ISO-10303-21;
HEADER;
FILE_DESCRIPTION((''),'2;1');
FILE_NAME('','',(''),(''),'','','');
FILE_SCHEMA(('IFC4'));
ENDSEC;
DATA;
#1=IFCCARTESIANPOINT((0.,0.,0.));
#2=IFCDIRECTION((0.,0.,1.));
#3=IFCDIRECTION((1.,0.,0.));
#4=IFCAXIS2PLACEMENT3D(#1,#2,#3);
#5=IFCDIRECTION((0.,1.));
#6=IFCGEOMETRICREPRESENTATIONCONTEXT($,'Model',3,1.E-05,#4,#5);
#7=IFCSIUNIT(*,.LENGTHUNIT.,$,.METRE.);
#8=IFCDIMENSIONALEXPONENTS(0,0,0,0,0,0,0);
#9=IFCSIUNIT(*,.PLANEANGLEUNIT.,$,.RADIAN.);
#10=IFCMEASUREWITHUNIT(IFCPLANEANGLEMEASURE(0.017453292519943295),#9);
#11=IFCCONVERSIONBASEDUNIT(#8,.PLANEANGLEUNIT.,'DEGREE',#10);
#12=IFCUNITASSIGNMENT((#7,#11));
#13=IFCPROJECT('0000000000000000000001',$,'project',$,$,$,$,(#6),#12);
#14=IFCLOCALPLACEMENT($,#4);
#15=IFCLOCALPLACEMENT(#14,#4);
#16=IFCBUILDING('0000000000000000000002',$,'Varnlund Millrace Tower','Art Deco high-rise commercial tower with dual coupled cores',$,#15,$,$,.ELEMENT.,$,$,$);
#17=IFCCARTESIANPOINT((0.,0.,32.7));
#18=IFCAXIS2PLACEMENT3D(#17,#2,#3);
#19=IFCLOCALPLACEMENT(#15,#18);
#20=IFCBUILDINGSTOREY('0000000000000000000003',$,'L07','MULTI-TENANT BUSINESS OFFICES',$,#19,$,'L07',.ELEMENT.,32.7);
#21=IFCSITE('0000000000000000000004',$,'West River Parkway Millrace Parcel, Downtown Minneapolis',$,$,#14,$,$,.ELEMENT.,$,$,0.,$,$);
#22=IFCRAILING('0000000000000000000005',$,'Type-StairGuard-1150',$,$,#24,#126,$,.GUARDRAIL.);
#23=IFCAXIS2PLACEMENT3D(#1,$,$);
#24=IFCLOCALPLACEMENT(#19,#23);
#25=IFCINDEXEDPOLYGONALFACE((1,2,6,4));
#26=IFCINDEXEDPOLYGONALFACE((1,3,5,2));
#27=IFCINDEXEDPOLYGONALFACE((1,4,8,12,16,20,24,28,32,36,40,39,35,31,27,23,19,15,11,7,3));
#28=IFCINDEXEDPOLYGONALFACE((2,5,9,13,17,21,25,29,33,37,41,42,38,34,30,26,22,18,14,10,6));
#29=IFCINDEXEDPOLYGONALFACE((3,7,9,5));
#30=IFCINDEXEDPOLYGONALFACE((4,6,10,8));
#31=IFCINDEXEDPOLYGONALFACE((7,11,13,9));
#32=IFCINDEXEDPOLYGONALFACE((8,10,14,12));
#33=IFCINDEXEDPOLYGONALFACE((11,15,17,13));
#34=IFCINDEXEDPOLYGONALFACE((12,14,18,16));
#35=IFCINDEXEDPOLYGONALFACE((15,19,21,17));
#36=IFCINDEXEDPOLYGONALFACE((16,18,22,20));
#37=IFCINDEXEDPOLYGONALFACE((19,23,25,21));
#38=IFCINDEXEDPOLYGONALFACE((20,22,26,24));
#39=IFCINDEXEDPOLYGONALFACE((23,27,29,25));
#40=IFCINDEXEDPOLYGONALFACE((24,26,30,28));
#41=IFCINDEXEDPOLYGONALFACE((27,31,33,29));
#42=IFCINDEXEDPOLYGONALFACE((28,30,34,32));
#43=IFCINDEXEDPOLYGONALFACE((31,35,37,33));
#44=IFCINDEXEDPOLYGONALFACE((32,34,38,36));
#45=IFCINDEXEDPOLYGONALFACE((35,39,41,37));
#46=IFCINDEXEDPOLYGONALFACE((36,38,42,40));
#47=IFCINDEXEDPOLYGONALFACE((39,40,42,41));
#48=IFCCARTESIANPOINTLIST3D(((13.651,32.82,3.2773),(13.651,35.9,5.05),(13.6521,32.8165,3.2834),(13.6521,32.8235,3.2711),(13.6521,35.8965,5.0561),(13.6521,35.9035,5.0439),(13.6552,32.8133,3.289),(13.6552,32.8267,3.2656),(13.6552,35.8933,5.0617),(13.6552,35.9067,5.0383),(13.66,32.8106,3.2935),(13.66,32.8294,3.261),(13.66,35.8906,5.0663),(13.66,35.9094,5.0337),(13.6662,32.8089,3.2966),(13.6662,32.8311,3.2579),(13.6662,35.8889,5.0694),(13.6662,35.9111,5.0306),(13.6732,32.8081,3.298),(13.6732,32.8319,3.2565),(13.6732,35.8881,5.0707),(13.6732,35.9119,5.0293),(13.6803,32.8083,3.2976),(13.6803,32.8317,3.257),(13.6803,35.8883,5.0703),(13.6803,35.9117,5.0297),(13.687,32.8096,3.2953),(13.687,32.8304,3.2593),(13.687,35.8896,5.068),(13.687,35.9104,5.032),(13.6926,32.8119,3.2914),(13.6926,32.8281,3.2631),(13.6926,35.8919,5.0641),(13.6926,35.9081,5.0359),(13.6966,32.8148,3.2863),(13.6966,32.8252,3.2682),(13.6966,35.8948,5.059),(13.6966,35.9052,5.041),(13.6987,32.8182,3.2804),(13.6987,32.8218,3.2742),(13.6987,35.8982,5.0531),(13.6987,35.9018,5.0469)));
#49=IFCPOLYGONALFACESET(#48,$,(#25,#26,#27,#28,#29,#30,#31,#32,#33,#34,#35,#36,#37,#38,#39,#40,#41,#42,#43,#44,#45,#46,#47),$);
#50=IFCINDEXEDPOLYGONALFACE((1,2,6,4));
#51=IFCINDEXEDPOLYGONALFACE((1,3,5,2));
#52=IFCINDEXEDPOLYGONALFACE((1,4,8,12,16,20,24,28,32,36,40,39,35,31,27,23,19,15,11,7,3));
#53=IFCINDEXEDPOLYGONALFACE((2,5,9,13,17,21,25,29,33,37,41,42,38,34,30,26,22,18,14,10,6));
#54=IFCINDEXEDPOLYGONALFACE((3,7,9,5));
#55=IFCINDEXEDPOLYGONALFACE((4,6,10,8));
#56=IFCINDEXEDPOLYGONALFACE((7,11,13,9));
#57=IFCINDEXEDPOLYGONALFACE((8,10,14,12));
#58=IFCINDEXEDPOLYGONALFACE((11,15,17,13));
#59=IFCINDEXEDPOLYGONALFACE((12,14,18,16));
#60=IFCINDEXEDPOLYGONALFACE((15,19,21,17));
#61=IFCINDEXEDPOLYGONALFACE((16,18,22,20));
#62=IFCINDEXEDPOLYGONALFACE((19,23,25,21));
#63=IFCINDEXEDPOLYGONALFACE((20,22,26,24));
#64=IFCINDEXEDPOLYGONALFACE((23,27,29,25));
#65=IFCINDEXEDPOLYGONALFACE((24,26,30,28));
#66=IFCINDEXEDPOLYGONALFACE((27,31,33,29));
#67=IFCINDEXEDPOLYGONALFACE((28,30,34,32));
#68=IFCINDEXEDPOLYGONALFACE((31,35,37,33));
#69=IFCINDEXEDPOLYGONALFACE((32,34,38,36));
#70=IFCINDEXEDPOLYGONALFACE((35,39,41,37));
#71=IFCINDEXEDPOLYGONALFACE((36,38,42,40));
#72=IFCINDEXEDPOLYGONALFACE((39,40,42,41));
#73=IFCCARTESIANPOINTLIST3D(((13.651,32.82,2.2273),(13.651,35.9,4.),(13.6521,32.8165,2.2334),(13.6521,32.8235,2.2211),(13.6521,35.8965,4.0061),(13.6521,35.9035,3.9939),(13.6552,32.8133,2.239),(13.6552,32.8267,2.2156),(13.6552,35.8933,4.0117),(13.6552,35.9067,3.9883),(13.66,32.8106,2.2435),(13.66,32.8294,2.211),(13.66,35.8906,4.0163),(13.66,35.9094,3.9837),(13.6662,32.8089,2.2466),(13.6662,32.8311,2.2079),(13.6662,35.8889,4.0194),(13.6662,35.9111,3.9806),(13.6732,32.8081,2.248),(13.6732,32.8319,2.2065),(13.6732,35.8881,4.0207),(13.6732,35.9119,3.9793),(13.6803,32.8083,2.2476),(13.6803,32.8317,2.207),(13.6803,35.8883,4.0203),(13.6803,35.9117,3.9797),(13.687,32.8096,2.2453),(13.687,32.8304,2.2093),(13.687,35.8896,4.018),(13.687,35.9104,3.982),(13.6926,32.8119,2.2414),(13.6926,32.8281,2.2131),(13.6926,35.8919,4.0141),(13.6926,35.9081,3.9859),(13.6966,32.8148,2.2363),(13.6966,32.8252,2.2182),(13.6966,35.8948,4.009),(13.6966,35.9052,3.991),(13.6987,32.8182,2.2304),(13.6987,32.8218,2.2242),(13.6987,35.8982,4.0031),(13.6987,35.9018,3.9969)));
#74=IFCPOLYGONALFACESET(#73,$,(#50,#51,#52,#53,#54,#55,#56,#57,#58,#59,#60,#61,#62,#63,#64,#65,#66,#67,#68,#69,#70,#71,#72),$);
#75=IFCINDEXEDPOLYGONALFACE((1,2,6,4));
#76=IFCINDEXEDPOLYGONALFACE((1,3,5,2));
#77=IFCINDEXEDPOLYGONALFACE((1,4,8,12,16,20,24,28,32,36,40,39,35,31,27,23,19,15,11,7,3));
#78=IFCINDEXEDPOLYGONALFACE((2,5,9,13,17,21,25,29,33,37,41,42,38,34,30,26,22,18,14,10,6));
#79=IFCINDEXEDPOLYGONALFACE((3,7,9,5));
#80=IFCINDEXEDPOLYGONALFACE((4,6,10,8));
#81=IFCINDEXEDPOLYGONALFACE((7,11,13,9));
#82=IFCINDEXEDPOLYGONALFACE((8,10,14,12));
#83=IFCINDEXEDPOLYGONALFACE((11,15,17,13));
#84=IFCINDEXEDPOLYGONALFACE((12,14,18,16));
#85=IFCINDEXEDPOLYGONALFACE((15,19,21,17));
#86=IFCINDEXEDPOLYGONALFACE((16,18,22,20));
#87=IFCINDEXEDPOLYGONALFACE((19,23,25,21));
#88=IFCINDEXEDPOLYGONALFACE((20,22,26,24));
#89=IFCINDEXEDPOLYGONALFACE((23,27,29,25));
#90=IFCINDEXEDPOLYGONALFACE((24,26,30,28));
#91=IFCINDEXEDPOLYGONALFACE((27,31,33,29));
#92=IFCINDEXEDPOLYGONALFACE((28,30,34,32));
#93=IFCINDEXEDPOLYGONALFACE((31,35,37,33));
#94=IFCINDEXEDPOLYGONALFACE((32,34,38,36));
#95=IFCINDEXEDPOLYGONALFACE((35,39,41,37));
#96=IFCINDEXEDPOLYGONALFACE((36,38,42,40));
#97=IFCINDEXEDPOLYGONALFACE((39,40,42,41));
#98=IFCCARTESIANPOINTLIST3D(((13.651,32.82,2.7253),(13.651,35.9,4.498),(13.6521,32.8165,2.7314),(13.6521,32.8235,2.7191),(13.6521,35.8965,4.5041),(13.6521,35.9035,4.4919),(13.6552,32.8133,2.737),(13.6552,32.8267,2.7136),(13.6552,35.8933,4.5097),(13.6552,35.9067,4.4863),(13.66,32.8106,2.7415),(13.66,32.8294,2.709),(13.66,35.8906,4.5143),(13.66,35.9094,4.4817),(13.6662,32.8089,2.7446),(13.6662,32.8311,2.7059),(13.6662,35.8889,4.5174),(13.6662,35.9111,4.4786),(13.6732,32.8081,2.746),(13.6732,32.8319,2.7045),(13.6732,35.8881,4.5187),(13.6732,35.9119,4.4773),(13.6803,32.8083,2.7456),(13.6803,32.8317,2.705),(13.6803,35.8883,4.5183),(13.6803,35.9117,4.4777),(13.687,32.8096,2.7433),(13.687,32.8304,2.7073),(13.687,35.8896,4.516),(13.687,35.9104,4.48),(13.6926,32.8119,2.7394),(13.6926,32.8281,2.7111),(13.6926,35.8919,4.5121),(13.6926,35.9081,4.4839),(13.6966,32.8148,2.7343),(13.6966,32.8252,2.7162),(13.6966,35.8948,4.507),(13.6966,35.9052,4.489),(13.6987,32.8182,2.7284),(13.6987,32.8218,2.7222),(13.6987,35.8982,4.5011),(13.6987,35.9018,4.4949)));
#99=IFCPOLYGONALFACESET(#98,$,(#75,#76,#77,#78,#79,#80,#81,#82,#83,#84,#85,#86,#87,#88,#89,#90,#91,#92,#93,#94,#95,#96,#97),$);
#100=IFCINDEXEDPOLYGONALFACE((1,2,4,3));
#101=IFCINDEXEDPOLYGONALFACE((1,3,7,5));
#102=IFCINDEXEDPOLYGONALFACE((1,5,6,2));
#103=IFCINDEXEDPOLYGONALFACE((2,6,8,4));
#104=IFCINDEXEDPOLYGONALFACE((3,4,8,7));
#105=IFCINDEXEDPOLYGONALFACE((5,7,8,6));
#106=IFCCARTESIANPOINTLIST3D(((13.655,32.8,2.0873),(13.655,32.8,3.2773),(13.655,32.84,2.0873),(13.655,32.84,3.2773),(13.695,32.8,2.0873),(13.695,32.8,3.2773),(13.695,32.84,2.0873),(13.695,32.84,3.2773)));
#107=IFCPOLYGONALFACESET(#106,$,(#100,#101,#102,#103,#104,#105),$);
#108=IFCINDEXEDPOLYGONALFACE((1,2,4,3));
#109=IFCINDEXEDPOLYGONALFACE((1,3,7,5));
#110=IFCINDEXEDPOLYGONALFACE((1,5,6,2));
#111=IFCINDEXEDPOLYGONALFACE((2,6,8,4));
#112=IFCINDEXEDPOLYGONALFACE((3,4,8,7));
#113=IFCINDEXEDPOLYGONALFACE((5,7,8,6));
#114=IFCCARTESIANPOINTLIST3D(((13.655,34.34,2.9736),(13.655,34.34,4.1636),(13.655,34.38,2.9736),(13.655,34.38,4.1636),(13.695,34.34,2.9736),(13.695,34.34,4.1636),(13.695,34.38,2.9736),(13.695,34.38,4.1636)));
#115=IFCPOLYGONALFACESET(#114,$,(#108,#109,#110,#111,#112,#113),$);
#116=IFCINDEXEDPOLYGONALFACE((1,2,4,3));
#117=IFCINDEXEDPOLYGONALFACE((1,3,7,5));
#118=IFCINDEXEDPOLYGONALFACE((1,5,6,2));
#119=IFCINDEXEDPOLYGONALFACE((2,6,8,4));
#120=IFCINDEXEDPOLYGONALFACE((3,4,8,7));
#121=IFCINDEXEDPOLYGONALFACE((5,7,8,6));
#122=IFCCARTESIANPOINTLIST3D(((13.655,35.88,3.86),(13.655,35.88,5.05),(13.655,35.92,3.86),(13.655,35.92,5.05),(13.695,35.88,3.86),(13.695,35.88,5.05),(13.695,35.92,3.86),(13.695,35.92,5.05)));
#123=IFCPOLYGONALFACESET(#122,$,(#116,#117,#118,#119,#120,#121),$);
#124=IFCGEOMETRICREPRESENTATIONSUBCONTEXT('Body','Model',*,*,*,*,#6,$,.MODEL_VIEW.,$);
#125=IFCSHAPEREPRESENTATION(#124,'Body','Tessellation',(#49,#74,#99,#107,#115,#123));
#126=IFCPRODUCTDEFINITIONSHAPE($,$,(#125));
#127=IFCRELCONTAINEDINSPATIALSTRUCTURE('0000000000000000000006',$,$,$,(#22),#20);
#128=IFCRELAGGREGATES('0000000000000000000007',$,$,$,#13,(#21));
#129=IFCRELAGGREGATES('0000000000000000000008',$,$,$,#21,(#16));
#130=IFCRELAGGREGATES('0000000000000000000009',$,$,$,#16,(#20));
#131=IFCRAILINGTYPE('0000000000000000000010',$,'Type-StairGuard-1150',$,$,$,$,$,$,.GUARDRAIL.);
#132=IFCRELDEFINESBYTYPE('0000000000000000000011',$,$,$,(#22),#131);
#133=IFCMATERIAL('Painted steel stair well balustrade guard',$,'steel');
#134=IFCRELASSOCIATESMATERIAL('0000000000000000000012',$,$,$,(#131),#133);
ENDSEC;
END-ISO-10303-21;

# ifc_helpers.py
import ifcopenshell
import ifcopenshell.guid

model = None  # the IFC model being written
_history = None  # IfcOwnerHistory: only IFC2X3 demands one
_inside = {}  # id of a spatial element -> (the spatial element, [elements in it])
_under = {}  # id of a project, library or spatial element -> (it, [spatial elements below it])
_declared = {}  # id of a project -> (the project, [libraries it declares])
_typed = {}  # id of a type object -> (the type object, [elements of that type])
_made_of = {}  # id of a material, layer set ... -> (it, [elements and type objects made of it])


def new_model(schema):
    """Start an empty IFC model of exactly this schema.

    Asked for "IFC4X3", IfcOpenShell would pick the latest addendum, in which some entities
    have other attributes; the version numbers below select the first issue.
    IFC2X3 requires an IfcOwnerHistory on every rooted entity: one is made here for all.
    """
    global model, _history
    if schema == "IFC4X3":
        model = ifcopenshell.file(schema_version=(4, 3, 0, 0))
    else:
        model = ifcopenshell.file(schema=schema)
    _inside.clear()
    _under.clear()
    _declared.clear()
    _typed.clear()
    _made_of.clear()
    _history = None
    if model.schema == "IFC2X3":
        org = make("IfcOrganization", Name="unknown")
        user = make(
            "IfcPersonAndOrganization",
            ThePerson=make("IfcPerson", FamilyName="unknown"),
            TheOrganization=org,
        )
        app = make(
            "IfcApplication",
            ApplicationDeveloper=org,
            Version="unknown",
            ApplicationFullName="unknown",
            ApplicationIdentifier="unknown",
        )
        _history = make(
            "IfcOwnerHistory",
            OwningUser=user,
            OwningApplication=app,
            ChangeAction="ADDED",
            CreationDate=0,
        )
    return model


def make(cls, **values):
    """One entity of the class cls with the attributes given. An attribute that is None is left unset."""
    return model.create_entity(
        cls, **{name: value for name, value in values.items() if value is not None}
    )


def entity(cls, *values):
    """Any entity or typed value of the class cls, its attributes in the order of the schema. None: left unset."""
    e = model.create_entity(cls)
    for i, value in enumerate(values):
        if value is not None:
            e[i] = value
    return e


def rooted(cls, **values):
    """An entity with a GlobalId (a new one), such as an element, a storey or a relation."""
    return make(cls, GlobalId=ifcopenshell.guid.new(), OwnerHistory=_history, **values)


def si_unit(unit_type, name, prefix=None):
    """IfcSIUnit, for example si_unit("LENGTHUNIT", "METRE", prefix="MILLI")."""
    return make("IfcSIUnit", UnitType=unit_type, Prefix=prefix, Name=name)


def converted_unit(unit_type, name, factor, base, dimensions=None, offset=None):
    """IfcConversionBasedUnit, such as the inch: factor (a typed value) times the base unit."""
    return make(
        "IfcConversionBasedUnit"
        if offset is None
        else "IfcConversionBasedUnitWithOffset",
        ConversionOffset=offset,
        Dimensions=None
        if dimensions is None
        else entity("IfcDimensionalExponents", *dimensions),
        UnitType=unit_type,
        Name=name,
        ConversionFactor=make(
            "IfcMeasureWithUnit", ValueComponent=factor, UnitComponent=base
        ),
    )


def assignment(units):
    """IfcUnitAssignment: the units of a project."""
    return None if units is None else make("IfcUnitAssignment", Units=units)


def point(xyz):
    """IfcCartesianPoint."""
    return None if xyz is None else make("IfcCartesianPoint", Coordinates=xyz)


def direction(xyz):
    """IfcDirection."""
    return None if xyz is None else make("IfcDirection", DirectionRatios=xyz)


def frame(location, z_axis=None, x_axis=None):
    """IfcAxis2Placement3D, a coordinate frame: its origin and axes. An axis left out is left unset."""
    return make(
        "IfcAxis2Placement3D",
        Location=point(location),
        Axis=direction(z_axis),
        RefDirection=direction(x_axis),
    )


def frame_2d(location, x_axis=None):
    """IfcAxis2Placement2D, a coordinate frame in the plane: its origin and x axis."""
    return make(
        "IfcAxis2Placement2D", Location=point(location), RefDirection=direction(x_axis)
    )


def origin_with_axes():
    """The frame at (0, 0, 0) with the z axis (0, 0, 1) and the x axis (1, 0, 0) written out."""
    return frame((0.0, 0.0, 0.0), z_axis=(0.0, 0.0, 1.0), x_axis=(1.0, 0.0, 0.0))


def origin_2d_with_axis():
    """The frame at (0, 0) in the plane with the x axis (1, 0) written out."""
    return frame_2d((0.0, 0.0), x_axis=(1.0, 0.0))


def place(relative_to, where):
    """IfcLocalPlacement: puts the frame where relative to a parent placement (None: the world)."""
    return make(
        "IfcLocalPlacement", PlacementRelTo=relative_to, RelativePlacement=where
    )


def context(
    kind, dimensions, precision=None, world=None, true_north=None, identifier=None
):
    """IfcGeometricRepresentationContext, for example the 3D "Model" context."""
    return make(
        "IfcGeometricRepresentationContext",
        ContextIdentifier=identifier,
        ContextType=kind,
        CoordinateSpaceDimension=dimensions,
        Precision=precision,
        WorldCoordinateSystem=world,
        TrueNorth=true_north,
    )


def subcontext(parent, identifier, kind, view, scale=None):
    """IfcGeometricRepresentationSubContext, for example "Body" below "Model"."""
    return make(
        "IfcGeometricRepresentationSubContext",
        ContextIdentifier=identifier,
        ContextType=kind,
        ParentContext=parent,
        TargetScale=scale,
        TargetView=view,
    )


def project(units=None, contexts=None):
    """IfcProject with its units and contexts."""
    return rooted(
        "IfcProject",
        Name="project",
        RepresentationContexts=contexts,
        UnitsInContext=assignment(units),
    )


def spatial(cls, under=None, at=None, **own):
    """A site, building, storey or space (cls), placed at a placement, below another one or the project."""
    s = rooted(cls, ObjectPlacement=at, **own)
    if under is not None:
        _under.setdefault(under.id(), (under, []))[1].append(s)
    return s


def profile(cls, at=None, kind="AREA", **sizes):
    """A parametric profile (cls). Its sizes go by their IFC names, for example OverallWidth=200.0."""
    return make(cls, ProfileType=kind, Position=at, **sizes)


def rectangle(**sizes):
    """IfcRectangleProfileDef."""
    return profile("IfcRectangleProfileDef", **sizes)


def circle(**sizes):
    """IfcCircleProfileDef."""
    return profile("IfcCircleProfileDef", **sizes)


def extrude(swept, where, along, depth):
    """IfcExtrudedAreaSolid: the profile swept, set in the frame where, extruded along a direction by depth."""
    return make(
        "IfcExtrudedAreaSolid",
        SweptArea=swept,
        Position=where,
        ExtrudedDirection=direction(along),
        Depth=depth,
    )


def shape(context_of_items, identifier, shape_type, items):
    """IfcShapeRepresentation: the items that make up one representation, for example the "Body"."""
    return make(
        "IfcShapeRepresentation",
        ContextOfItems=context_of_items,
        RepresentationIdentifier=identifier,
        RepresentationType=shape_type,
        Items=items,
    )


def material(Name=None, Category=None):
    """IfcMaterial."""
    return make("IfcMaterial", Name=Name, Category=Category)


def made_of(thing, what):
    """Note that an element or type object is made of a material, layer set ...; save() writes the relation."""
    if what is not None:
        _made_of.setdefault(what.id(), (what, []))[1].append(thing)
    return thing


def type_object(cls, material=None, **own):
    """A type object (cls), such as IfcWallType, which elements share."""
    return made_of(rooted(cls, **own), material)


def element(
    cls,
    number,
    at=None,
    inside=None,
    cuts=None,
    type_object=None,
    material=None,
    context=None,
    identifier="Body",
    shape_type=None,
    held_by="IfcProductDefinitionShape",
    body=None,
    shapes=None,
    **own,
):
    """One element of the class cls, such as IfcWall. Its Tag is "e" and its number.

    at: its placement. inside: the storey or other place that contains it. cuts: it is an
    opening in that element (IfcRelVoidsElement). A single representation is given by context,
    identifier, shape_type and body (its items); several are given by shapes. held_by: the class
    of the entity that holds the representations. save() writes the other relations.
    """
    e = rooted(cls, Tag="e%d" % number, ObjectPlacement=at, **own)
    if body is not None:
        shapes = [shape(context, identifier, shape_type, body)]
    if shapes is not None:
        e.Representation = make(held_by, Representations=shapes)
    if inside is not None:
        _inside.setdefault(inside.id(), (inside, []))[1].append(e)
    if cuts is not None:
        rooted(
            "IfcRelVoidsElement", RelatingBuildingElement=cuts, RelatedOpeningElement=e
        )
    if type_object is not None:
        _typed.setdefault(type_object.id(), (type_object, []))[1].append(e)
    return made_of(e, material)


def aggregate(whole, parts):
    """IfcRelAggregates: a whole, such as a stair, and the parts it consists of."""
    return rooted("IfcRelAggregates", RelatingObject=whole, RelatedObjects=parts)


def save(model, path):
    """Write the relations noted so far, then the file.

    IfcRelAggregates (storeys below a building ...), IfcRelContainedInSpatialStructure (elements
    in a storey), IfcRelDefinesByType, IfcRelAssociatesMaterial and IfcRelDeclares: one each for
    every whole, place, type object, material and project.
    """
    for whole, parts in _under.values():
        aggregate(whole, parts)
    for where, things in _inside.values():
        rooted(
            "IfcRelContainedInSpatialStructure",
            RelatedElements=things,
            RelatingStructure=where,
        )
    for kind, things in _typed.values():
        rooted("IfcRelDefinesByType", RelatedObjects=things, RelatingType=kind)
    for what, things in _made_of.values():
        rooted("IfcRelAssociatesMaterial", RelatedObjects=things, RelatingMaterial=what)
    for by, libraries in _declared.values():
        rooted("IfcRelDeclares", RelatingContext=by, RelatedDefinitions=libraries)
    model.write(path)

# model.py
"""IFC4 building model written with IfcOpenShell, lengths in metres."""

from ifc_helpers import new_model, entity, si_unit, converted_unit, direction, frame, origin_with_axes, origin_2d_with_axis, place, context, subcontext, project, spatial, rectangle, circle, extrude, material, type_object, element, save


model = new_model("IFC4")

# Units and contexts
model_context = context("Model", 3, precision=1e-05, world=origin_with_axes(), true_north=direction((0.0, 1.0)))
body_context = subcontext(model_context, "Body", "Model", "MODEL_VIEW")
ifc_project = project(units=[si_unit("LENGTHUNIT", "METRE"), converted_unit("PLANEANGLEUNIT", "DEGREE", entity("IfcPlaneAngleMeasure", 0.017453292519943295), si_unit("PLANEANGLEUNIT", "RADIAN"), dimensions=[0, 0, 0, 0, 0, 0, 0])], contexts=[model_context])

# Site, building, storey
site_placement = place(None, origin_with_axes())
site = spatial("IfcSite", under=ifc_project, at=site_placement, Name="West River Parkway Millrace Parcel, Downtown Minneapolis", CompositionType="ELEMENT", RefElevation=0.0)
building_placement = place(site_placement, origin_with_axes())
building = spatial("IfcBuilding", under=site, at=building_placement, Name="Varnlund Millrace Tower", Description="Art Deco high-rise commercial tower with dual coupled cores", CompositionType="ELEMENT")
storey_placement = place(building_placement, frame((0.0, 0.0, 32.7), z_axis=(0.0, 0.0, 1.0), x_axis=(1.0, 0.0, 0.0)))
storey = spatial("IfcBuildingStorey", under=building, at=storey_placement, Name="L07", Description="MULTI-TENANT BUSINESS OFFICES", LongName="L07", CompositionType="ELEMENT", Elevation=32.7)

# Railing
ifc_material_1 = material(Name="Painted steel stair well balustrade guard", Category="steel")
railing_type_1 = type_object("IfcRailingType", Name="Type-StairGuard-1150", PredefinedType="GUARDRAIL", material=ifc_material_1)
railing_1_placement = place(storey_placement, frame((0.0, 0.0, -32.7), z_axis=(0.0, 0.0, 1.0), x_axis=(1.0, 0.0, 0.0)))
element("IfcRailing", 1, at=railing_1_placement, inside=storey, type_object=railing_type_1, Name="Type-StairGuard-1150", PredefinedType="GUARDRAIL", context=body_context, shape_type="SweptSolid", body=[
    extrude(circle(Radius=0.024, at=origin_2d_with_axis()), frame((13.675, 32.82, 35.9773), z_axis=(0.0, 0.866696, 0.498836), x_axis=(-1.0, 0.0, 0.0)), (0.0, 0.0, 1.0), 3.5537),
    extrude(circle(Radius=0.024, at=origin_2d_with_axis()), frame((13.675, 32.82, 34.9273), z_axis=(0.0, 0.866696, 0.498836), x_axis=(-1.0, 0.0, 0.0)), (0.0, 0.0, 1.0), 3.5537),
    extrude(circle(Radius=0.024, at=origin_2d_with_axis()), frame((13.675, 32.82, 35.4253), z_axis=(0.0, 0.866696, 0.498836), x_axis=(-1.0, 0.0, 0.0)), (0.0, 0.0, 1.0), 3.5537),
    extrude(rectangle(XDim=0.04, YDim=0.04, at=origin_2d_with_axis()), frame((13.675, 32.82, 34.7873), z_axis=(0.0, 0.0, 1.0), x_axis=(1.0, 0.0, 0.0)), (0.0, 0.0, 1.0), 1.19),
    extrude(rectangle(XDim=0.04, YDim=0.04, at=origin_2d_with_axis()), frame((13.675, 34.36, 35.6736), z_axis=(0.0, 0.0, 1.0), x_axis=(1.0, 0.0, 0.0)), (0.0, 0.0, 1.0), 1.19),
    extrude(rectangle(XDim=0.04, YDim=0.04, at=origin_2d_with_axis()), frame((13.675, 35.9, 36.56), z_axis=(0.0, 0.0, 1.0), x_axis=(1.0, 0.0, 0.0)), (0.0, 0.0, 1.0), 1.19),
])

save(model, "model.ifc")
